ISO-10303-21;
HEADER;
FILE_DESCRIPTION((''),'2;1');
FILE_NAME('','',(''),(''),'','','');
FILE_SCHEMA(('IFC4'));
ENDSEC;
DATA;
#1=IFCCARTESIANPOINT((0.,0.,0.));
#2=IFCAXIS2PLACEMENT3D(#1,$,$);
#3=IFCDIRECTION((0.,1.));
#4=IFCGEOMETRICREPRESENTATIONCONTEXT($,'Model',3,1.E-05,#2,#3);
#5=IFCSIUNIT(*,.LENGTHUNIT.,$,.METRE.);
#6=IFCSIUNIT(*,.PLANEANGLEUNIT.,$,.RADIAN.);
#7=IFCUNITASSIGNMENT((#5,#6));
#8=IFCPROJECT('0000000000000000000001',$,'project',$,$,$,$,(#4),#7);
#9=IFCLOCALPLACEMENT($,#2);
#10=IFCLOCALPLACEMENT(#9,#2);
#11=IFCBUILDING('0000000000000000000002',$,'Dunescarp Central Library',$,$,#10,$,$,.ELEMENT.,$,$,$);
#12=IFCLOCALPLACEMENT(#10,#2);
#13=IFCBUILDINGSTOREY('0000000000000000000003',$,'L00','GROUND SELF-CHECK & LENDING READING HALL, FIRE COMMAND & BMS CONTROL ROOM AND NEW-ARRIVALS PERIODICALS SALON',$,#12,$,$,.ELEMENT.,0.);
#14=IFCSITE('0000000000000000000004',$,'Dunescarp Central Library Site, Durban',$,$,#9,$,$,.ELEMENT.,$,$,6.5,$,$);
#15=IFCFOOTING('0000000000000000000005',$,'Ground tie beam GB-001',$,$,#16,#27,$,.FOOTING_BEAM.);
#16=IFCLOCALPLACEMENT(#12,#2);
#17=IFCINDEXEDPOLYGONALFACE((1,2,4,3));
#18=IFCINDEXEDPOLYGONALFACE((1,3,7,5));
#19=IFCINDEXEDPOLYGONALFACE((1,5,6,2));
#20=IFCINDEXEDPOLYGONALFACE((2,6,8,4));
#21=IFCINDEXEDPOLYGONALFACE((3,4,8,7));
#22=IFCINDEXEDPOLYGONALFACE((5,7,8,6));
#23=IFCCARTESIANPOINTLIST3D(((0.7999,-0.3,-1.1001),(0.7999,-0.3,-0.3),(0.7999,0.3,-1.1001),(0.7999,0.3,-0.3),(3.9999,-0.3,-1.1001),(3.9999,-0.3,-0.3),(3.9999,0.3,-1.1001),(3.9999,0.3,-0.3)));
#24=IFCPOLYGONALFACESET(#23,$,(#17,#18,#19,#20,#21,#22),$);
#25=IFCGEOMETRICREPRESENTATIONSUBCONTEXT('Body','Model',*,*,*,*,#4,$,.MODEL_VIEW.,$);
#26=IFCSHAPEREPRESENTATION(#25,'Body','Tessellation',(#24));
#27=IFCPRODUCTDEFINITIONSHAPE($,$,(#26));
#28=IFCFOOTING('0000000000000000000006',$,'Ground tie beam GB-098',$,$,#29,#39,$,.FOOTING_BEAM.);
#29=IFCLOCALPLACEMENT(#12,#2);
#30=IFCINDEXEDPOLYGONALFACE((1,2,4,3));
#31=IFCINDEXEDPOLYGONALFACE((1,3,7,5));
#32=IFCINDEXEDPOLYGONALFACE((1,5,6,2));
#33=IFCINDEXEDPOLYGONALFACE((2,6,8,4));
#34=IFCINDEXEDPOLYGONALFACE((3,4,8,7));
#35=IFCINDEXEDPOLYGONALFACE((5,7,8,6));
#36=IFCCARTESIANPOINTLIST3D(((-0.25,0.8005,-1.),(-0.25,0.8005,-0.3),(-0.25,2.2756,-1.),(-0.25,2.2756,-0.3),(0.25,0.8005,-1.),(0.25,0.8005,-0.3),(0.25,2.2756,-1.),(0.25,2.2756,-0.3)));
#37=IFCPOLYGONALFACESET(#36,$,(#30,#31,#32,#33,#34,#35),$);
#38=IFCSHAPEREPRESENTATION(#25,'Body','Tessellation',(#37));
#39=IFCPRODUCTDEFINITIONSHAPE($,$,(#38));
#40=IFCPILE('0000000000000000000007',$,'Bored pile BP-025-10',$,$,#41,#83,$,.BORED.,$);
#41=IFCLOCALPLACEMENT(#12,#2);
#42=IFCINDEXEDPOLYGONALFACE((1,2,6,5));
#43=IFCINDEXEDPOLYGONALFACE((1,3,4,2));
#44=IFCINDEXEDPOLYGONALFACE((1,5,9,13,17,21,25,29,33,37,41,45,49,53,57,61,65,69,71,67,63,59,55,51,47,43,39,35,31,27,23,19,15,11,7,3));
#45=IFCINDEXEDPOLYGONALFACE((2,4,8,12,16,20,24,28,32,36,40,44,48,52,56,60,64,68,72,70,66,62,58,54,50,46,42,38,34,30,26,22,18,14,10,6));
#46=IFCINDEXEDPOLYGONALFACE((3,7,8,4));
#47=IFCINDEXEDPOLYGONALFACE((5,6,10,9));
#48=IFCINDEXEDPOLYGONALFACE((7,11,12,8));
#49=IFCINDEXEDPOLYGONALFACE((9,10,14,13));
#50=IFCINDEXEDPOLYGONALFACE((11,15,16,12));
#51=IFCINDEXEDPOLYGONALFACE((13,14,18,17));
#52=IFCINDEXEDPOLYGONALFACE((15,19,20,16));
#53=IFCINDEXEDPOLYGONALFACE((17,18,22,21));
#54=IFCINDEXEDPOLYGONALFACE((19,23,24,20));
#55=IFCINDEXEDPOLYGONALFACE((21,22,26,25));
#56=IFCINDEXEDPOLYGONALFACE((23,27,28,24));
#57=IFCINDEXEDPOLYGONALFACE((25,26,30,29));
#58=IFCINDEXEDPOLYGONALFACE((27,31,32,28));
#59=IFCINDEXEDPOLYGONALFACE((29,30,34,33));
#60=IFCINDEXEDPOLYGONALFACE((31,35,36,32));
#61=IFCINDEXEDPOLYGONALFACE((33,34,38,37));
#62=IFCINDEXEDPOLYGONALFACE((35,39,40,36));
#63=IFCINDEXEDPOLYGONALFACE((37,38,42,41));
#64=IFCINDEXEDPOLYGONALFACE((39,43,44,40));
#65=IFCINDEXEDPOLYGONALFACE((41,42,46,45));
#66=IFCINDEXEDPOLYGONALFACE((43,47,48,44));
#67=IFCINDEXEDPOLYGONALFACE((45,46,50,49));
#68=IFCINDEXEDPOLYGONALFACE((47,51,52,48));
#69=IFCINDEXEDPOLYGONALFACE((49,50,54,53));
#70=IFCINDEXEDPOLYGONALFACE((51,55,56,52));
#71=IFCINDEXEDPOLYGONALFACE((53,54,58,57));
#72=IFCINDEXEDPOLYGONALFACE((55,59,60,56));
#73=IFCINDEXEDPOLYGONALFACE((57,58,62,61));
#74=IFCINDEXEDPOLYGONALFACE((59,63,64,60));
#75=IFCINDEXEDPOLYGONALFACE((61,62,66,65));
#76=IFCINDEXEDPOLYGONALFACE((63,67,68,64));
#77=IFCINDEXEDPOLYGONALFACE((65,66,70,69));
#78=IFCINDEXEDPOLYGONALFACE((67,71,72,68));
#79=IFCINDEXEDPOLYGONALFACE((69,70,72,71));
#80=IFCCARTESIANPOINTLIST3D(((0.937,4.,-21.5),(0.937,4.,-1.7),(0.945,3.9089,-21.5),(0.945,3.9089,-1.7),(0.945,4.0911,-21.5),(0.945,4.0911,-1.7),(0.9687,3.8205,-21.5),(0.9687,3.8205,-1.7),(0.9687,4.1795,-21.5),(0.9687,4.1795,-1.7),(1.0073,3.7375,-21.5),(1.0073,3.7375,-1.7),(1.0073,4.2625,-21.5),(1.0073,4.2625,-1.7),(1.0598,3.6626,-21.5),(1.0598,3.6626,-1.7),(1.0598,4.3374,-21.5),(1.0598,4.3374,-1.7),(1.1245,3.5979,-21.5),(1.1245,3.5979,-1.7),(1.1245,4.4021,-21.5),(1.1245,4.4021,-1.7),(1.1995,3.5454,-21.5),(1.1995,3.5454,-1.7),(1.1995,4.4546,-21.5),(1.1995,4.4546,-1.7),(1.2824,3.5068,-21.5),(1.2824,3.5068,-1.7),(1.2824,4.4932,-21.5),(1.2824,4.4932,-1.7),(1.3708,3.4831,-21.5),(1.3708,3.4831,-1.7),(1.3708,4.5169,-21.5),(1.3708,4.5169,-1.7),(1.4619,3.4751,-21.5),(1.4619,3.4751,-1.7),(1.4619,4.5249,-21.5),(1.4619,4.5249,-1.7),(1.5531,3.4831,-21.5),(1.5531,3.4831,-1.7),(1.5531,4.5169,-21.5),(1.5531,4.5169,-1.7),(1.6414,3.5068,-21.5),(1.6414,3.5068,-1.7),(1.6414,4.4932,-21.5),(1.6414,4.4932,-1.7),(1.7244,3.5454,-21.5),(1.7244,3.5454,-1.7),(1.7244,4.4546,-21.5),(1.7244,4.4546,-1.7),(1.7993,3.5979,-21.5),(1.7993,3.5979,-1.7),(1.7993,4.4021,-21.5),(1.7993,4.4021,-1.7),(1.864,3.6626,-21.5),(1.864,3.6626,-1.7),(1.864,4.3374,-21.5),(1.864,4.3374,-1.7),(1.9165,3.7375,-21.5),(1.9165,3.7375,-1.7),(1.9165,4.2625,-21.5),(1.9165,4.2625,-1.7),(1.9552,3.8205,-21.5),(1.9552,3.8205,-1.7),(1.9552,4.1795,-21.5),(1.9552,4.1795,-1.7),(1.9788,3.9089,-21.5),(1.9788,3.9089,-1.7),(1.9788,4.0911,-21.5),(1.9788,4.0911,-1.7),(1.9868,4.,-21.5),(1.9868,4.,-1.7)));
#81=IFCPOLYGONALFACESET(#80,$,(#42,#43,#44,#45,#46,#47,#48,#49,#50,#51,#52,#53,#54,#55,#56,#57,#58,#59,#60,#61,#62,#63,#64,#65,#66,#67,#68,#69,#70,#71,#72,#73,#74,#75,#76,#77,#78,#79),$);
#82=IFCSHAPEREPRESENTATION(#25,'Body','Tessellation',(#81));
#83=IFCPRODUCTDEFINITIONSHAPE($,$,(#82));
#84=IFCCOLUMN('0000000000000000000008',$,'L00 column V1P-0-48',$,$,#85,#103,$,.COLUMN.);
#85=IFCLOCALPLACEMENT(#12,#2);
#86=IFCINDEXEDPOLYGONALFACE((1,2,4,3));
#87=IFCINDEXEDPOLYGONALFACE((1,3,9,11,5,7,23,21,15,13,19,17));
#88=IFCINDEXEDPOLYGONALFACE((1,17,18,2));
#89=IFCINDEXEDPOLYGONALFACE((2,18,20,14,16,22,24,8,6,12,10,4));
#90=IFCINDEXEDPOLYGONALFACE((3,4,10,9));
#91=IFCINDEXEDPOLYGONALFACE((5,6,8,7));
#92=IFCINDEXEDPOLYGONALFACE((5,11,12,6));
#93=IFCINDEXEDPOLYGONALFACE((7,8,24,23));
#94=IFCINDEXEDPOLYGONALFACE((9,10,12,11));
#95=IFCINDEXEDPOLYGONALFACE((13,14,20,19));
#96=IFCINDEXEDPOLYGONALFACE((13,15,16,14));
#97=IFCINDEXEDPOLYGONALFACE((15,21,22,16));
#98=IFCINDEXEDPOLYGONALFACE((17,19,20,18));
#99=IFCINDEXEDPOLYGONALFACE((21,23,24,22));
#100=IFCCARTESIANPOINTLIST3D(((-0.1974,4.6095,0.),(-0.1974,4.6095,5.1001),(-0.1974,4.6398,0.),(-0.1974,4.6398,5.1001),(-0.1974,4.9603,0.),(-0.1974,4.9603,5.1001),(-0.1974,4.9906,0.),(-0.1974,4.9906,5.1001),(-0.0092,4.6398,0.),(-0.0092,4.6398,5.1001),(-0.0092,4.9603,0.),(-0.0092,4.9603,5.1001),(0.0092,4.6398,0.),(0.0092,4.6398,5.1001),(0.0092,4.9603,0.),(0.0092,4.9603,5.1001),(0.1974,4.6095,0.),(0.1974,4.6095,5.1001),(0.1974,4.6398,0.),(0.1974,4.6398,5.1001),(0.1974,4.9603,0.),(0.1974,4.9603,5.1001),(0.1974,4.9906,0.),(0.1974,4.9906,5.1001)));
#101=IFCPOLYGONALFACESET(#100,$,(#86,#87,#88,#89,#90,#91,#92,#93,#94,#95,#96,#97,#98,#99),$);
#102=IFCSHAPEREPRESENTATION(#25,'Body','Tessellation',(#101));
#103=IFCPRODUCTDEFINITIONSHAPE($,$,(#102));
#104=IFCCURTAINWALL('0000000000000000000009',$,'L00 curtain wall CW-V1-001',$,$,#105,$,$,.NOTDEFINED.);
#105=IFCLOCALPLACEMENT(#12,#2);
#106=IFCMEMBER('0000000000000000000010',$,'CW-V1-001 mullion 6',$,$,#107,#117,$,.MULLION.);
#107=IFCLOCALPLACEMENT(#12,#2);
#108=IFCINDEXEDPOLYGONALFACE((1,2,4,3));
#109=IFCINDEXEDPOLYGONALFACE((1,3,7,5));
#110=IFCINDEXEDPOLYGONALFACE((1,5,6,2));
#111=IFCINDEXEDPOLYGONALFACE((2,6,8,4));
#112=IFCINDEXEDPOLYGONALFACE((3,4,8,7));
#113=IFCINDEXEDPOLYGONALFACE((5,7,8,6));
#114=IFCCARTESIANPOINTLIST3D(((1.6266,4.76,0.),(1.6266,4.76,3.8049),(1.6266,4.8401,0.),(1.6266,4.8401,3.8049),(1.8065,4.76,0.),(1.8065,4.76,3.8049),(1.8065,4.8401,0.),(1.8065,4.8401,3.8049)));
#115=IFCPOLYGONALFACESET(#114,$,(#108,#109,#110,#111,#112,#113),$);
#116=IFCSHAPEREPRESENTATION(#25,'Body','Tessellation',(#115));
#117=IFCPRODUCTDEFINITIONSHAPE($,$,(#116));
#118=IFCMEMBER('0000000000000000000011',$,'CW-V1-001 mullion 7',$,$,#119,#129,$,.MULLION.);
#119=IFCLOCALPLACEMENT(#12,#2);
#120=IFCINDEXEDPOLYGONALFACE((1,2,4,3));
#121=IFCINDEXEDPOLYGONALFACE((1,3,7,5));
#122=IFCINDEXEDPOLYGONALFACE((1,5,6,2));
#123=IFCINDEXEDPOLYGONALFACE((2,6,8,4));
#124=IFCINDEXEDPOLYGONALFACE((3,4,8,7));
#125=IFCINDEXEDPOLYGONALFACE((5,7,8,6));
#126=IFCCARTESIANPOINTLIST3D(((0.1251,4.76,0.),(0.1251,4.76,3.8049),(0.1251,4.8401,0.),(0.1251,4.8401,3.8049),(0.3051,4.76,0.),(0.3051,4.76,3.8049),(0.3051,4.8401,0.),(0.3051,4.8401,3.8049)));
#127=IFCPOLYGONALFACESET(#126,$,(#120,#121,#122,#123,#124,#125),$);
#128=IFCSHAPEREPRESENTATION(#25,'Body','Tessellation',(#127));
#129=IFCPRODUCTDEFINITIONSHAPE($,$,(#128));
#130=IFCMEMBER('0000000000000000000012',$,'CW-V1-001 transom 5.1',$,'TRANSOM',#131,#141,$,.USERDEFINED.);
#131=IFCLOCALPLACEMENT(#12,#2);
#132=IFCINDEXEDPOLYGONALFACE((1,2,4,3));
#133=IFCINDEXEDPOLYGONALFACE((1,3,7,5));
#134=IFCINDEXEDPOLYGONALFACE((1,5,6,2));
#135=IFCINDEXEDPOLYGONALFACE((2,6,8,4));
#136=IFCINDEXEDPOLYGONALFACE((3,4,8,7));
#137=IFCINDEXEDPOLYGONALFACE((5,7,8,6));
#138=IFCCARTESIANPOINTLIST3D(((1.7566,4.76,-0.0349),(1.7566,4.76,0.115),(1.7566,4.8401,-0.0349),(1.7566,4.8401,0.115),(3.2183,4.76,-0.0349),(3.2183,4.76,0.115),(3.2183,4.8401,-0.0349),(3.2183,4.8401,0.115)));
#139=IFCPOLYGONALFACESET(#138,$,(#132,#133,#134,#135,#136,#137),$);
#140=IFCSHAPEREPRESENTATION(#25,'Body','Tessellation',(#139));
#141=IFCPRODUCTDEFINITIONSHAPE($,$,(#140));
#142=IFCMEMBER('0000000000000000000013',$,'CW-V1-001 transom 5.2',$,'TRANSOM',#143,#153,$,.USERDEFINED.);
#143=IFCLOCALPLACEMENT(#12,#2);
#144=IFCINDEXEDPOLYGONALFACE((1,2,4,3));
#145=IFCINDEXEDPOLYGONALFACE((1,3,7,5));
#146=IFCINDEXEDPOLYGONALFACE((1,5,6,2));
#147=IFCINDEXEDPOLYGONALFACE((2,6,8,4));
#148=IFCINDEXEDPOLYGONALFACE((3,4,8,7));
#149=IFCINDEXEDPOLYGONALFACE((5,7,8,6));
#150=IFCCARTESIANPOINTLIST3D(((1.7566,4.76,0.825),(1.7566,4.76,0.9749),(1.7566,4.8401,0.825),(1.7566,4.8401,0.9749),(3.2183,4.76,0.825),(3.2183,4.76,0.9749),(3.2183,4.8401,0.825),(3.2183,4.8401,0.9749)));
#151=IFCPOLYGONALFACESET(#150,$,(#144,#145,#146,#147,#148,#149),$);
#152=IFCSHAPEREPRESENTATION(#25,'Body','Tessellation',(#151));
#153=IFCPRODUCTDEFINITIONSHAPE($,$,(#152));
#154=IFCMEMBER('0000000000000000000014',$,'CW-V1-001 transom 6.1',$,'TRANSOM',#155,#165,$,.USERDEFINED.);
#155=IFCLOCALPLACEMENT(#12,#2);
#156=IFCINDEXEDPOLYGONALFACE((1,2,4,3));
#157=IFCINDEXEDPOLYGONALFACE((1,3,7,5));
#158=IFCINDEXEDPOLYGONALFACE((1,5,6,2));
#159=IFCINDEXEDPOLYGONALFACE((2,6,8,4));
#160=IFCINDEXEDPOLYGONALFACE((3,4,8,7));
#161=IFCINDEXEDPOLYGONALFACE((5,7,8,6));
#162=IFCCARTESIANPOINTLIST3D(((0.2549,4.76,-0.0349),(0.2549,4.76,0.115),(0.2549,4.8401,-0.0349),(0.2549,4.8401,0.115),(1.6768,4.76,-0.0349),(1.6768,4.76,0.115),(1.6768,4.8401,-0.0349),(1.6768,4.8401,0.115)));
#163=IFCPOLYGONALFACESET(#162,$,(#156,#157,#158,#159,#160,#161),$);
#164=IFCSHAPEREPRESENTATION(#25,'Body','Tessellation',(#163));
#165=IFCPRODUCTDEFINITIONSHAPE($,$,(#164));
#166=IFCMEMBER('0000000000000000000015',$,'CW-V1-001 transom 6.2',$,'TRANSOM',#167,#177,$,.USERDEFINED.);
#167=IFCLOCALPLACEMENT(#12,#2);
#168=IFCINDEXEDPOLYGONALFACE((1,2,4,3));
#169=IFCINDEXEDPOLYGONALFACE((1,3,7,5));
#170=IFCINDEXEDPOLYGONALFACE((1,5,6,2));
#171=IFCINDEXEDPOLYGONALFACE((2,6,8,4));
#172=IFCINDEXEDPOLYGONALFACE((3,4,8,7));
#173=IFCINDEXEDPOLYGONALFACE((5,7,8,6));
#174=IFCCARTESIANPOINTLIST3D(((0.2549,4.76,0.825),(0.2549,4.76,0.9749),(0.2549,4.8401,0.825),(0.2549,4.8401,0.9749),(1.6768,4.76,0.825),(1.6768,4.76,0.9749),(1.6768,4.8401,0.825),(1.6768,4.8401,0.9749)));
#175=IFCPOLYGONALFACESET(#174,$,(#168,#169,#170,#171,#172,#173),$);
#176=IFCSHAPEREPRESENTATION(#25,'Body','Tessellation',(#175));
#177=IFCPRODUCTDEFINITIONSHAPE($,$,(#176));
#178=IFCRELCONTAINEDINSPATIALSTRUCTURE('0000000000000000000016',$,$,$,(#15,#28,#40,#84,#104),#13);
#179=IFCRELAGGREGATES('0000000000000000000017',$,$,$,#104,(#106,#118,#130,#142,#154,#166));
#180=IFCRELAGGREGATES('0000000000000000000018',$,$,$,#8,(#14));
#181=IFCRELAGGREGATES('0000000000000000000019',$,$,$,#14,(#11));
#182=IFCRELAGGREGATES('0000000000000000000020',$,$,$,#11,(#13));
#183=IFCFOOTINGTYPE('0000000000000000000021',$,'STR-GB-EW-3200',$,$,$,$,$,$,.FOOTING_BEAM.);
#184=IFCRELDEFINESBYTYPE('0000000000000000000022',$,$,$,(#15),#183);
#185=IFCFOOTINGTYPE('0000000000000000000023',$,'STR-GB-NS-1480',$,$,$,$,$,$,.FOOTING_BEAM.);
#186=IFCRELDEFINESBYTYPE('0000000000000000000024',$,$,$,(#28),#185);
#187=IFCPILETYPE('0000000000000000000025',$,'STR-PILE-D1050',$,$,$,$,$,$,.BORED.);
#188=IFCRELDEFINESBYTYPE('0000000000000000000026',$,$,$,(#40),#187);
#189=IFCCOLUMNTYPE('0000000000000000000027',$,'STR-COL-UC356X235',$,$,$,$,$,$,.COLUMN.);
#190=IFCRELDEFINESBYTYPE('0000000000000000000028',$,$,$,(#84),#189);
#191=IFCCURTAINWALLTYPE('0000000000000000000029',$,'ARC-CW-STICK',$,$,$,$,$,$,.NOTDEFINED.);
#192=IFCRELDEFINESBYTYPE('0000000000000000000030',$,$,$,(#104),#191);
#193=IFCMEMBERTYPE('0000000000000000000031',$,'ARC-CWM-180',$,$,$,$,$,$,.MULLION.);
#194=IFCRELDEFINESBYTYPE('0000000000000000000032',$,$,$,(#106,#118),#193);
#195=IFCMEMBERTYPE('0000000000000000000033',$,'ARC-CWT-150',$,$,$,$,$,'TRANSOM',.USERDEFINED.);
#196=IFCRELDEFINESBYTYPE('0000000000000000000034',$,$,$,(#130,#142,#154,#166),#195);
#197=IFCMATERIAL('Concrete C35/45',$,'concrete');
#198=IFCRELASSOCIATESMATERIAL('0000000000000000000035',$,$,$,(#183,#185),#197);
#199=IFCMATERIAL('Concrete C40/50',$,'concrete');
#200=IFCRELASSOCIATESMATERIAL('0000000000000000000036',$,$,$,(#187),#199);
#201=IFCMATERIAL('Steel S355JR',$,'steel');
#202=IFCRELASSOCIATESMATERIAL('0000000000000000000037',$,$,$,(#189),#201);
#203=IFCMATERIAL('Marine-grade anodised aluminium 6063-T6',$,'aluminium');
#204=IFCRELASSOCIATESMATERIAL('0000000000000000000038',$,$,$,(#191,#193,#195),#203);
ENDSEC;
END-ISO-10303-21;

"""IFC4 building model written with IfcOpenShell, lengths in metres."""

from ifc_helpers import new_model, si_unit, direction, frame, origin, origin_2d, place, context, subcontext, project, spatial, rectangle, circle, i_section, extrude, material, material_profile, profile_set, type_object, element, aggregate, save


model = new_model("IFC4")

# Units and contexts
model_context = context("Model", 3, precision=1e-05, world=origin(), true_north=direction((0.0, 1.0)))
body_context = subcontext(model_context, "Body", "Model", "MODEL_VIEW")
ifc_project = project(units=[si_unit("LENGTHUNIT", "METRE"), si_unit("PLANEANGLEUNIT", "RADIAN")], contexts=[model_context])

# Site, building, storey
site_placement = place(None, origin())
site = spatial("IfcSite", under=ifc_project, at=site_placement, Name="Dunescarp Central Library Site, Durban", CompositionType="ELEMENT", RefElevation=6.5)
building_placement = place(site_placement, origin())
building = spatial("IfcBuilding", under=site, at=building_placement, Name="Dunescarp Central Library", CompositionType="ELEMENT")
storey_placement = place(building_placement, origin())
storey = spatial("IfcBuildingStorey", under=building, at=storey_placement, Name="L00", Description="GROUND SELF-CHECK & LENDING READING HALL, FIRE COMMAND & BMS CONTROL ROOM AND NEW-ARRIVALS PERIODICALS SALON", CompositionType="ELEMENT", Elevation=0.0)

# Footings
ifc_material_1 = material(Name="Concrete C35/45", Category="concrete")
footing_type_1 = type_object("IfcFootingType", Name="STR-GB-EW-3200", PredefinedType="FOOTING_BEAM", material=ifc_material_1)
footing_1_placement = place(storey_placement, frame((2.3999, 0.0, -1.1001), z_axis=(0.0, 0.0, 1.0), x_axis=(1.0, 0.0, 0.0)))
element("IfcFooting", 1, at=footing_1_placement, inside=storey, type_object=footing_type_1, Name="Ground tie beam GB-001", PredefinedType="FOOTING_BEAM", context=body_context, shape_type="SweptSolid", body=[
    extrude(rectangle(XDim=3.2, YDim=0.6001, at=origin_2d()), origin(), (0.0, 0.0, 1.0), 0.8),
])
footing_type_2 = type_object("IfcFootingType", Name="STR-GB-NS-1480", PredefinedType="FOOTING_BEAM", material=ifc_material_1)
footing_2_placement = place(storey_placement, frame((0.0, 1.5381, -1.0), z_axis=(0.0, 0.0, 1.0), x_axis=(0.0, 1.0, 0.0)))
element("IfcFooting", 2, at=footing_2_placement, inside=storey, type_object=footing_type_2, Name="Ground tie beam GB-098", PredefinedType="FOOTING_BEAM", context=body_context, shape_type="SweptSolid", body=[
    extrude(rectangle(XDim=1.4751, YDim=0.5, at=origin_2d()), origin(), (0.0, 0.0, 1.0), 0.7),
])

# Pile
ifc_material_2 = material(Name="Concrete C40/50", Category="concrete")
ifc_material_profile_1 = material_profile(ifc_material_2, circle(Radius=0.5249, at=origin_2d()), Name="PILE D1050")
ifc_profile_set_1 = profile_set([ifc_material_profile_1], Name="Concrete C40/50")
pile_type = type_object("IfcPileType", Name="STR-PILE-D1050", PredefinedType="BORED", material=ifc_profile_set_1)
pile_placement = place(storey_placement, frame((1.4619, 4.0, -1.7), z_axis=(0.0, 0.0, -1.0), x_axis=(1.0, 0.0, 0.0)))
element("IfcPile", 3, at=pile_placement, inside=storey, type_object=pile_type, Name="Bored pile BP-025-10", PredefinedType="BORED", context=body_context, shape_type="SweptSolid", body=[
    extrude(circle(Radius=0.5249, at=origin_2d()), origin(), (0.0, 0.0, 1.0), 19.8),
])

# Column
ifc_material_3 = material(Name="Steel S355JR", Category="steel")
ifc_material_profile_2 = material_profile(ifc_material_3, i_section(OverallWidth=0.3948, OverallDepth=0.3811, WebThickness=0.0183, FlangeThickness=0.0303, at=origin_2d()), Name="UC 356x406x235")
ifc_profile_set_2 = profile_set([ifc_material_profile_2], Name="Steel S355JR")
column_type = type_object("IfcColumnType", Name="STR-COL-UC356X235", PredefinedType="COLUMN", material=ifc_profile_set_2)
column_placement = place(storey_placement, frame((0.0, 4.8, 0.0), z_axis=(0.0, 0.0, 1.0), x_axis=(1.0, 0.0, 0.0)))
element("IfcColumn", 4, at=column_placement, inside=storey, type_object=column_type, Name="L00 column V1P-0-48", PredefinedType="COLUMN", context=body_context, shape_type="SweptSolid", body=[
    extrude(i_section(OverallWidth=0.3948, OverallDepth=0.3811, WebThickness=0.0183, FlangeThickness=0.0303, at=origin_2d()), origin(), (0.0, 0.0, 1.0), 5.1001),
])

# Curtain wall, members
ifc_material_4 = material(Name="Marine-grade anodised aluminium 6063-T6", Category="aluminium")
curtain_wall_type = type_object("IfcCurtainWallType", Name="ARC-CW-STICK", PredefinedType="NOTDEFINED", material=ifc_material_4)
curtain_wall_placement = place(storey_placement, origin())
curtain_wall = element("IfcCurtainWall", 5, at=curtain_wall_placement, inside=storey, type_object=curtain_wall_type, Name="L00 curtain wall CW-V1-001", PredefinedType="NOTDEFINED")
ifc_material_profile_3 = material_profile(ifc_material_4, rectangle(XDim=0.0801, YDim=0.1799, at=origin_2d()), Name="AL 80x180")
ifc_profile_set_3 = profile_set([ifc_material_profile_3], Name="Marine-grade anodised aluminium 6063-T6")
member_type_1 = type_object("IfcMemberType", Name="ARC-CWM-180", PredefinedType="MULLION", material=ifc_profile_set_3)
member_1_placement = place(storey_placement, frame((1.7166, 4.8, 0.0), z_axis=(0.0, 0.0, 1.0), x_axis=(0.0, -1.0, 0.0)))
member_1 = element("IfcMember", 6, at=member_1_placement, type_object=member_type_1, Name="CW-V1-001 mullion 6", PredefinedType="MULLION", context=body_context, shape_type="SweptSolid", body=[
    extrude(rectangle(XDim=0.0801, YDim=0.1799, at=origin_2d()), origin(), (0.0, 0.0, 1.0), 3.8049),
])
member_2_placement = place(storey_placement, frame((0.2151, 4.8, 0.0), z_axis=(0.0, 0.0, 1.0), x_axis=(0.0, -1.0, 0.0)))
member_2 = element("IfcMember", 7, at=member_2_placement, type_object=member_type_1, Name="CW-V1-001 mullion 7", PredefinedType="MULLION", context=body_context, shape_type="SweptSolid", body=[
    extrude(rectangle(XDim=0.0801, YDim=0.1799, at=origin_2d()), origin(), (0.0, 0.0, 1.0), 3.8049),
])
ifc_material_profile_4 = material_profile(ifc_material_4, rectangle(XDim=0.0801, YDim=0.1499, at=origin_2d()), Name="AL 80x150")
ifc_profile_set_4 = profile_set([ifc_material_profile_4], Name="Marine-grade anodised aluminium 6063-T6")
member_type_2 = type_object("IfcMemberType", Name="ARC-CWT-150", ElementType="TRANSOM", PredefinedType="USERDEFINED", material=ifc_profile_set_4)
member_3_placement = place(storey_placement, frame((3.2183, 4.8, 0.04), z_axis=(-1.0, 0.0, 0.0), x_axis=(0.0, -1.0, 0.0)))
member_3 = element("IfcMember", 8, at=member_3_placement, type_object=member_type_2, Name="CW-V1-001 transom 5.1", ObjectType="TRANSOM", PredefinedType="USERDEFINED", context=body_context, shape_type="SweptSolid", body=[
    extrude(rectangle(XDim=0.0801, YDim=0.1499, at=origin_2d()), origin(), (0.0, 0.0, 1.0), 1.4617),
])
member_4_placement = place(storey_placement, frame((3.2183, 4.8, 0.8999), z_axis=(-1.0, 0.0, 0.0), x_axis=(0.0, -1.0, 0.0)))
member_4 = element("IfcMember", 9, at=member_4_placement, type_object=member_type_2, Name="CW-V1-001 transom 5.2", ObjectType="TRANSOM", PredefinedType="USERDEFINED", context=body_context, shape_type="SweptSolid", body=[
    extrude(rectangle(XDim=0.0801, YDim=0.1499, at=origin_2d()), origin(), (0.0, 0.0, 1.0), 1.4617),
])
member_5_placement = place(storey_placement, frame((1.6768, 4.8, 0.04), z_axis=(-1.0, 0.0, 0.0), x_axis=(0.0, -1.0, 0.0)))
member_5 = element("IfcMember", 10, at=member_5_placement, type_object=member_type_2, Name="CW-V1-001 transom 6.1", ObjectType="TRANSOM", PredefinedType="USERDEFINED", context=body_context, shape_type="SweptSolid", body=[
    extrude(rectangle(XDim=0.0801, YDim=0.1499, at=origin_2d()), origin(), (0.0, 0.0, 1.0), 1.4219),
])
member_6_placement = place(storey_placement, frame((1.6768, 4.8, 0.8999), z_axis=(-1.0, 0.0, 0.0), x_axis=(0.0, -1.0, 0.0)))
member_6 = element("IfcMember", 11, at=member_6_placement, type_object=member_type_2, Name="CW-V1-001 transom 6.2", ObjectType="TRANSOM", PredefinedType="USERDEFINED", context=body_context, shape_type="SweptSolid", body=[
    extrude(rectangle(XDim=0.0801, YDim=0.1499, at=origin_2d()), origin(), (0.0, 0.0, 1.0), 1.4219),
])
aggregate(curtain_wall, [member_1, member_2, member_3, member_4, member_5, member_6])

save(model, "model.ifc")
